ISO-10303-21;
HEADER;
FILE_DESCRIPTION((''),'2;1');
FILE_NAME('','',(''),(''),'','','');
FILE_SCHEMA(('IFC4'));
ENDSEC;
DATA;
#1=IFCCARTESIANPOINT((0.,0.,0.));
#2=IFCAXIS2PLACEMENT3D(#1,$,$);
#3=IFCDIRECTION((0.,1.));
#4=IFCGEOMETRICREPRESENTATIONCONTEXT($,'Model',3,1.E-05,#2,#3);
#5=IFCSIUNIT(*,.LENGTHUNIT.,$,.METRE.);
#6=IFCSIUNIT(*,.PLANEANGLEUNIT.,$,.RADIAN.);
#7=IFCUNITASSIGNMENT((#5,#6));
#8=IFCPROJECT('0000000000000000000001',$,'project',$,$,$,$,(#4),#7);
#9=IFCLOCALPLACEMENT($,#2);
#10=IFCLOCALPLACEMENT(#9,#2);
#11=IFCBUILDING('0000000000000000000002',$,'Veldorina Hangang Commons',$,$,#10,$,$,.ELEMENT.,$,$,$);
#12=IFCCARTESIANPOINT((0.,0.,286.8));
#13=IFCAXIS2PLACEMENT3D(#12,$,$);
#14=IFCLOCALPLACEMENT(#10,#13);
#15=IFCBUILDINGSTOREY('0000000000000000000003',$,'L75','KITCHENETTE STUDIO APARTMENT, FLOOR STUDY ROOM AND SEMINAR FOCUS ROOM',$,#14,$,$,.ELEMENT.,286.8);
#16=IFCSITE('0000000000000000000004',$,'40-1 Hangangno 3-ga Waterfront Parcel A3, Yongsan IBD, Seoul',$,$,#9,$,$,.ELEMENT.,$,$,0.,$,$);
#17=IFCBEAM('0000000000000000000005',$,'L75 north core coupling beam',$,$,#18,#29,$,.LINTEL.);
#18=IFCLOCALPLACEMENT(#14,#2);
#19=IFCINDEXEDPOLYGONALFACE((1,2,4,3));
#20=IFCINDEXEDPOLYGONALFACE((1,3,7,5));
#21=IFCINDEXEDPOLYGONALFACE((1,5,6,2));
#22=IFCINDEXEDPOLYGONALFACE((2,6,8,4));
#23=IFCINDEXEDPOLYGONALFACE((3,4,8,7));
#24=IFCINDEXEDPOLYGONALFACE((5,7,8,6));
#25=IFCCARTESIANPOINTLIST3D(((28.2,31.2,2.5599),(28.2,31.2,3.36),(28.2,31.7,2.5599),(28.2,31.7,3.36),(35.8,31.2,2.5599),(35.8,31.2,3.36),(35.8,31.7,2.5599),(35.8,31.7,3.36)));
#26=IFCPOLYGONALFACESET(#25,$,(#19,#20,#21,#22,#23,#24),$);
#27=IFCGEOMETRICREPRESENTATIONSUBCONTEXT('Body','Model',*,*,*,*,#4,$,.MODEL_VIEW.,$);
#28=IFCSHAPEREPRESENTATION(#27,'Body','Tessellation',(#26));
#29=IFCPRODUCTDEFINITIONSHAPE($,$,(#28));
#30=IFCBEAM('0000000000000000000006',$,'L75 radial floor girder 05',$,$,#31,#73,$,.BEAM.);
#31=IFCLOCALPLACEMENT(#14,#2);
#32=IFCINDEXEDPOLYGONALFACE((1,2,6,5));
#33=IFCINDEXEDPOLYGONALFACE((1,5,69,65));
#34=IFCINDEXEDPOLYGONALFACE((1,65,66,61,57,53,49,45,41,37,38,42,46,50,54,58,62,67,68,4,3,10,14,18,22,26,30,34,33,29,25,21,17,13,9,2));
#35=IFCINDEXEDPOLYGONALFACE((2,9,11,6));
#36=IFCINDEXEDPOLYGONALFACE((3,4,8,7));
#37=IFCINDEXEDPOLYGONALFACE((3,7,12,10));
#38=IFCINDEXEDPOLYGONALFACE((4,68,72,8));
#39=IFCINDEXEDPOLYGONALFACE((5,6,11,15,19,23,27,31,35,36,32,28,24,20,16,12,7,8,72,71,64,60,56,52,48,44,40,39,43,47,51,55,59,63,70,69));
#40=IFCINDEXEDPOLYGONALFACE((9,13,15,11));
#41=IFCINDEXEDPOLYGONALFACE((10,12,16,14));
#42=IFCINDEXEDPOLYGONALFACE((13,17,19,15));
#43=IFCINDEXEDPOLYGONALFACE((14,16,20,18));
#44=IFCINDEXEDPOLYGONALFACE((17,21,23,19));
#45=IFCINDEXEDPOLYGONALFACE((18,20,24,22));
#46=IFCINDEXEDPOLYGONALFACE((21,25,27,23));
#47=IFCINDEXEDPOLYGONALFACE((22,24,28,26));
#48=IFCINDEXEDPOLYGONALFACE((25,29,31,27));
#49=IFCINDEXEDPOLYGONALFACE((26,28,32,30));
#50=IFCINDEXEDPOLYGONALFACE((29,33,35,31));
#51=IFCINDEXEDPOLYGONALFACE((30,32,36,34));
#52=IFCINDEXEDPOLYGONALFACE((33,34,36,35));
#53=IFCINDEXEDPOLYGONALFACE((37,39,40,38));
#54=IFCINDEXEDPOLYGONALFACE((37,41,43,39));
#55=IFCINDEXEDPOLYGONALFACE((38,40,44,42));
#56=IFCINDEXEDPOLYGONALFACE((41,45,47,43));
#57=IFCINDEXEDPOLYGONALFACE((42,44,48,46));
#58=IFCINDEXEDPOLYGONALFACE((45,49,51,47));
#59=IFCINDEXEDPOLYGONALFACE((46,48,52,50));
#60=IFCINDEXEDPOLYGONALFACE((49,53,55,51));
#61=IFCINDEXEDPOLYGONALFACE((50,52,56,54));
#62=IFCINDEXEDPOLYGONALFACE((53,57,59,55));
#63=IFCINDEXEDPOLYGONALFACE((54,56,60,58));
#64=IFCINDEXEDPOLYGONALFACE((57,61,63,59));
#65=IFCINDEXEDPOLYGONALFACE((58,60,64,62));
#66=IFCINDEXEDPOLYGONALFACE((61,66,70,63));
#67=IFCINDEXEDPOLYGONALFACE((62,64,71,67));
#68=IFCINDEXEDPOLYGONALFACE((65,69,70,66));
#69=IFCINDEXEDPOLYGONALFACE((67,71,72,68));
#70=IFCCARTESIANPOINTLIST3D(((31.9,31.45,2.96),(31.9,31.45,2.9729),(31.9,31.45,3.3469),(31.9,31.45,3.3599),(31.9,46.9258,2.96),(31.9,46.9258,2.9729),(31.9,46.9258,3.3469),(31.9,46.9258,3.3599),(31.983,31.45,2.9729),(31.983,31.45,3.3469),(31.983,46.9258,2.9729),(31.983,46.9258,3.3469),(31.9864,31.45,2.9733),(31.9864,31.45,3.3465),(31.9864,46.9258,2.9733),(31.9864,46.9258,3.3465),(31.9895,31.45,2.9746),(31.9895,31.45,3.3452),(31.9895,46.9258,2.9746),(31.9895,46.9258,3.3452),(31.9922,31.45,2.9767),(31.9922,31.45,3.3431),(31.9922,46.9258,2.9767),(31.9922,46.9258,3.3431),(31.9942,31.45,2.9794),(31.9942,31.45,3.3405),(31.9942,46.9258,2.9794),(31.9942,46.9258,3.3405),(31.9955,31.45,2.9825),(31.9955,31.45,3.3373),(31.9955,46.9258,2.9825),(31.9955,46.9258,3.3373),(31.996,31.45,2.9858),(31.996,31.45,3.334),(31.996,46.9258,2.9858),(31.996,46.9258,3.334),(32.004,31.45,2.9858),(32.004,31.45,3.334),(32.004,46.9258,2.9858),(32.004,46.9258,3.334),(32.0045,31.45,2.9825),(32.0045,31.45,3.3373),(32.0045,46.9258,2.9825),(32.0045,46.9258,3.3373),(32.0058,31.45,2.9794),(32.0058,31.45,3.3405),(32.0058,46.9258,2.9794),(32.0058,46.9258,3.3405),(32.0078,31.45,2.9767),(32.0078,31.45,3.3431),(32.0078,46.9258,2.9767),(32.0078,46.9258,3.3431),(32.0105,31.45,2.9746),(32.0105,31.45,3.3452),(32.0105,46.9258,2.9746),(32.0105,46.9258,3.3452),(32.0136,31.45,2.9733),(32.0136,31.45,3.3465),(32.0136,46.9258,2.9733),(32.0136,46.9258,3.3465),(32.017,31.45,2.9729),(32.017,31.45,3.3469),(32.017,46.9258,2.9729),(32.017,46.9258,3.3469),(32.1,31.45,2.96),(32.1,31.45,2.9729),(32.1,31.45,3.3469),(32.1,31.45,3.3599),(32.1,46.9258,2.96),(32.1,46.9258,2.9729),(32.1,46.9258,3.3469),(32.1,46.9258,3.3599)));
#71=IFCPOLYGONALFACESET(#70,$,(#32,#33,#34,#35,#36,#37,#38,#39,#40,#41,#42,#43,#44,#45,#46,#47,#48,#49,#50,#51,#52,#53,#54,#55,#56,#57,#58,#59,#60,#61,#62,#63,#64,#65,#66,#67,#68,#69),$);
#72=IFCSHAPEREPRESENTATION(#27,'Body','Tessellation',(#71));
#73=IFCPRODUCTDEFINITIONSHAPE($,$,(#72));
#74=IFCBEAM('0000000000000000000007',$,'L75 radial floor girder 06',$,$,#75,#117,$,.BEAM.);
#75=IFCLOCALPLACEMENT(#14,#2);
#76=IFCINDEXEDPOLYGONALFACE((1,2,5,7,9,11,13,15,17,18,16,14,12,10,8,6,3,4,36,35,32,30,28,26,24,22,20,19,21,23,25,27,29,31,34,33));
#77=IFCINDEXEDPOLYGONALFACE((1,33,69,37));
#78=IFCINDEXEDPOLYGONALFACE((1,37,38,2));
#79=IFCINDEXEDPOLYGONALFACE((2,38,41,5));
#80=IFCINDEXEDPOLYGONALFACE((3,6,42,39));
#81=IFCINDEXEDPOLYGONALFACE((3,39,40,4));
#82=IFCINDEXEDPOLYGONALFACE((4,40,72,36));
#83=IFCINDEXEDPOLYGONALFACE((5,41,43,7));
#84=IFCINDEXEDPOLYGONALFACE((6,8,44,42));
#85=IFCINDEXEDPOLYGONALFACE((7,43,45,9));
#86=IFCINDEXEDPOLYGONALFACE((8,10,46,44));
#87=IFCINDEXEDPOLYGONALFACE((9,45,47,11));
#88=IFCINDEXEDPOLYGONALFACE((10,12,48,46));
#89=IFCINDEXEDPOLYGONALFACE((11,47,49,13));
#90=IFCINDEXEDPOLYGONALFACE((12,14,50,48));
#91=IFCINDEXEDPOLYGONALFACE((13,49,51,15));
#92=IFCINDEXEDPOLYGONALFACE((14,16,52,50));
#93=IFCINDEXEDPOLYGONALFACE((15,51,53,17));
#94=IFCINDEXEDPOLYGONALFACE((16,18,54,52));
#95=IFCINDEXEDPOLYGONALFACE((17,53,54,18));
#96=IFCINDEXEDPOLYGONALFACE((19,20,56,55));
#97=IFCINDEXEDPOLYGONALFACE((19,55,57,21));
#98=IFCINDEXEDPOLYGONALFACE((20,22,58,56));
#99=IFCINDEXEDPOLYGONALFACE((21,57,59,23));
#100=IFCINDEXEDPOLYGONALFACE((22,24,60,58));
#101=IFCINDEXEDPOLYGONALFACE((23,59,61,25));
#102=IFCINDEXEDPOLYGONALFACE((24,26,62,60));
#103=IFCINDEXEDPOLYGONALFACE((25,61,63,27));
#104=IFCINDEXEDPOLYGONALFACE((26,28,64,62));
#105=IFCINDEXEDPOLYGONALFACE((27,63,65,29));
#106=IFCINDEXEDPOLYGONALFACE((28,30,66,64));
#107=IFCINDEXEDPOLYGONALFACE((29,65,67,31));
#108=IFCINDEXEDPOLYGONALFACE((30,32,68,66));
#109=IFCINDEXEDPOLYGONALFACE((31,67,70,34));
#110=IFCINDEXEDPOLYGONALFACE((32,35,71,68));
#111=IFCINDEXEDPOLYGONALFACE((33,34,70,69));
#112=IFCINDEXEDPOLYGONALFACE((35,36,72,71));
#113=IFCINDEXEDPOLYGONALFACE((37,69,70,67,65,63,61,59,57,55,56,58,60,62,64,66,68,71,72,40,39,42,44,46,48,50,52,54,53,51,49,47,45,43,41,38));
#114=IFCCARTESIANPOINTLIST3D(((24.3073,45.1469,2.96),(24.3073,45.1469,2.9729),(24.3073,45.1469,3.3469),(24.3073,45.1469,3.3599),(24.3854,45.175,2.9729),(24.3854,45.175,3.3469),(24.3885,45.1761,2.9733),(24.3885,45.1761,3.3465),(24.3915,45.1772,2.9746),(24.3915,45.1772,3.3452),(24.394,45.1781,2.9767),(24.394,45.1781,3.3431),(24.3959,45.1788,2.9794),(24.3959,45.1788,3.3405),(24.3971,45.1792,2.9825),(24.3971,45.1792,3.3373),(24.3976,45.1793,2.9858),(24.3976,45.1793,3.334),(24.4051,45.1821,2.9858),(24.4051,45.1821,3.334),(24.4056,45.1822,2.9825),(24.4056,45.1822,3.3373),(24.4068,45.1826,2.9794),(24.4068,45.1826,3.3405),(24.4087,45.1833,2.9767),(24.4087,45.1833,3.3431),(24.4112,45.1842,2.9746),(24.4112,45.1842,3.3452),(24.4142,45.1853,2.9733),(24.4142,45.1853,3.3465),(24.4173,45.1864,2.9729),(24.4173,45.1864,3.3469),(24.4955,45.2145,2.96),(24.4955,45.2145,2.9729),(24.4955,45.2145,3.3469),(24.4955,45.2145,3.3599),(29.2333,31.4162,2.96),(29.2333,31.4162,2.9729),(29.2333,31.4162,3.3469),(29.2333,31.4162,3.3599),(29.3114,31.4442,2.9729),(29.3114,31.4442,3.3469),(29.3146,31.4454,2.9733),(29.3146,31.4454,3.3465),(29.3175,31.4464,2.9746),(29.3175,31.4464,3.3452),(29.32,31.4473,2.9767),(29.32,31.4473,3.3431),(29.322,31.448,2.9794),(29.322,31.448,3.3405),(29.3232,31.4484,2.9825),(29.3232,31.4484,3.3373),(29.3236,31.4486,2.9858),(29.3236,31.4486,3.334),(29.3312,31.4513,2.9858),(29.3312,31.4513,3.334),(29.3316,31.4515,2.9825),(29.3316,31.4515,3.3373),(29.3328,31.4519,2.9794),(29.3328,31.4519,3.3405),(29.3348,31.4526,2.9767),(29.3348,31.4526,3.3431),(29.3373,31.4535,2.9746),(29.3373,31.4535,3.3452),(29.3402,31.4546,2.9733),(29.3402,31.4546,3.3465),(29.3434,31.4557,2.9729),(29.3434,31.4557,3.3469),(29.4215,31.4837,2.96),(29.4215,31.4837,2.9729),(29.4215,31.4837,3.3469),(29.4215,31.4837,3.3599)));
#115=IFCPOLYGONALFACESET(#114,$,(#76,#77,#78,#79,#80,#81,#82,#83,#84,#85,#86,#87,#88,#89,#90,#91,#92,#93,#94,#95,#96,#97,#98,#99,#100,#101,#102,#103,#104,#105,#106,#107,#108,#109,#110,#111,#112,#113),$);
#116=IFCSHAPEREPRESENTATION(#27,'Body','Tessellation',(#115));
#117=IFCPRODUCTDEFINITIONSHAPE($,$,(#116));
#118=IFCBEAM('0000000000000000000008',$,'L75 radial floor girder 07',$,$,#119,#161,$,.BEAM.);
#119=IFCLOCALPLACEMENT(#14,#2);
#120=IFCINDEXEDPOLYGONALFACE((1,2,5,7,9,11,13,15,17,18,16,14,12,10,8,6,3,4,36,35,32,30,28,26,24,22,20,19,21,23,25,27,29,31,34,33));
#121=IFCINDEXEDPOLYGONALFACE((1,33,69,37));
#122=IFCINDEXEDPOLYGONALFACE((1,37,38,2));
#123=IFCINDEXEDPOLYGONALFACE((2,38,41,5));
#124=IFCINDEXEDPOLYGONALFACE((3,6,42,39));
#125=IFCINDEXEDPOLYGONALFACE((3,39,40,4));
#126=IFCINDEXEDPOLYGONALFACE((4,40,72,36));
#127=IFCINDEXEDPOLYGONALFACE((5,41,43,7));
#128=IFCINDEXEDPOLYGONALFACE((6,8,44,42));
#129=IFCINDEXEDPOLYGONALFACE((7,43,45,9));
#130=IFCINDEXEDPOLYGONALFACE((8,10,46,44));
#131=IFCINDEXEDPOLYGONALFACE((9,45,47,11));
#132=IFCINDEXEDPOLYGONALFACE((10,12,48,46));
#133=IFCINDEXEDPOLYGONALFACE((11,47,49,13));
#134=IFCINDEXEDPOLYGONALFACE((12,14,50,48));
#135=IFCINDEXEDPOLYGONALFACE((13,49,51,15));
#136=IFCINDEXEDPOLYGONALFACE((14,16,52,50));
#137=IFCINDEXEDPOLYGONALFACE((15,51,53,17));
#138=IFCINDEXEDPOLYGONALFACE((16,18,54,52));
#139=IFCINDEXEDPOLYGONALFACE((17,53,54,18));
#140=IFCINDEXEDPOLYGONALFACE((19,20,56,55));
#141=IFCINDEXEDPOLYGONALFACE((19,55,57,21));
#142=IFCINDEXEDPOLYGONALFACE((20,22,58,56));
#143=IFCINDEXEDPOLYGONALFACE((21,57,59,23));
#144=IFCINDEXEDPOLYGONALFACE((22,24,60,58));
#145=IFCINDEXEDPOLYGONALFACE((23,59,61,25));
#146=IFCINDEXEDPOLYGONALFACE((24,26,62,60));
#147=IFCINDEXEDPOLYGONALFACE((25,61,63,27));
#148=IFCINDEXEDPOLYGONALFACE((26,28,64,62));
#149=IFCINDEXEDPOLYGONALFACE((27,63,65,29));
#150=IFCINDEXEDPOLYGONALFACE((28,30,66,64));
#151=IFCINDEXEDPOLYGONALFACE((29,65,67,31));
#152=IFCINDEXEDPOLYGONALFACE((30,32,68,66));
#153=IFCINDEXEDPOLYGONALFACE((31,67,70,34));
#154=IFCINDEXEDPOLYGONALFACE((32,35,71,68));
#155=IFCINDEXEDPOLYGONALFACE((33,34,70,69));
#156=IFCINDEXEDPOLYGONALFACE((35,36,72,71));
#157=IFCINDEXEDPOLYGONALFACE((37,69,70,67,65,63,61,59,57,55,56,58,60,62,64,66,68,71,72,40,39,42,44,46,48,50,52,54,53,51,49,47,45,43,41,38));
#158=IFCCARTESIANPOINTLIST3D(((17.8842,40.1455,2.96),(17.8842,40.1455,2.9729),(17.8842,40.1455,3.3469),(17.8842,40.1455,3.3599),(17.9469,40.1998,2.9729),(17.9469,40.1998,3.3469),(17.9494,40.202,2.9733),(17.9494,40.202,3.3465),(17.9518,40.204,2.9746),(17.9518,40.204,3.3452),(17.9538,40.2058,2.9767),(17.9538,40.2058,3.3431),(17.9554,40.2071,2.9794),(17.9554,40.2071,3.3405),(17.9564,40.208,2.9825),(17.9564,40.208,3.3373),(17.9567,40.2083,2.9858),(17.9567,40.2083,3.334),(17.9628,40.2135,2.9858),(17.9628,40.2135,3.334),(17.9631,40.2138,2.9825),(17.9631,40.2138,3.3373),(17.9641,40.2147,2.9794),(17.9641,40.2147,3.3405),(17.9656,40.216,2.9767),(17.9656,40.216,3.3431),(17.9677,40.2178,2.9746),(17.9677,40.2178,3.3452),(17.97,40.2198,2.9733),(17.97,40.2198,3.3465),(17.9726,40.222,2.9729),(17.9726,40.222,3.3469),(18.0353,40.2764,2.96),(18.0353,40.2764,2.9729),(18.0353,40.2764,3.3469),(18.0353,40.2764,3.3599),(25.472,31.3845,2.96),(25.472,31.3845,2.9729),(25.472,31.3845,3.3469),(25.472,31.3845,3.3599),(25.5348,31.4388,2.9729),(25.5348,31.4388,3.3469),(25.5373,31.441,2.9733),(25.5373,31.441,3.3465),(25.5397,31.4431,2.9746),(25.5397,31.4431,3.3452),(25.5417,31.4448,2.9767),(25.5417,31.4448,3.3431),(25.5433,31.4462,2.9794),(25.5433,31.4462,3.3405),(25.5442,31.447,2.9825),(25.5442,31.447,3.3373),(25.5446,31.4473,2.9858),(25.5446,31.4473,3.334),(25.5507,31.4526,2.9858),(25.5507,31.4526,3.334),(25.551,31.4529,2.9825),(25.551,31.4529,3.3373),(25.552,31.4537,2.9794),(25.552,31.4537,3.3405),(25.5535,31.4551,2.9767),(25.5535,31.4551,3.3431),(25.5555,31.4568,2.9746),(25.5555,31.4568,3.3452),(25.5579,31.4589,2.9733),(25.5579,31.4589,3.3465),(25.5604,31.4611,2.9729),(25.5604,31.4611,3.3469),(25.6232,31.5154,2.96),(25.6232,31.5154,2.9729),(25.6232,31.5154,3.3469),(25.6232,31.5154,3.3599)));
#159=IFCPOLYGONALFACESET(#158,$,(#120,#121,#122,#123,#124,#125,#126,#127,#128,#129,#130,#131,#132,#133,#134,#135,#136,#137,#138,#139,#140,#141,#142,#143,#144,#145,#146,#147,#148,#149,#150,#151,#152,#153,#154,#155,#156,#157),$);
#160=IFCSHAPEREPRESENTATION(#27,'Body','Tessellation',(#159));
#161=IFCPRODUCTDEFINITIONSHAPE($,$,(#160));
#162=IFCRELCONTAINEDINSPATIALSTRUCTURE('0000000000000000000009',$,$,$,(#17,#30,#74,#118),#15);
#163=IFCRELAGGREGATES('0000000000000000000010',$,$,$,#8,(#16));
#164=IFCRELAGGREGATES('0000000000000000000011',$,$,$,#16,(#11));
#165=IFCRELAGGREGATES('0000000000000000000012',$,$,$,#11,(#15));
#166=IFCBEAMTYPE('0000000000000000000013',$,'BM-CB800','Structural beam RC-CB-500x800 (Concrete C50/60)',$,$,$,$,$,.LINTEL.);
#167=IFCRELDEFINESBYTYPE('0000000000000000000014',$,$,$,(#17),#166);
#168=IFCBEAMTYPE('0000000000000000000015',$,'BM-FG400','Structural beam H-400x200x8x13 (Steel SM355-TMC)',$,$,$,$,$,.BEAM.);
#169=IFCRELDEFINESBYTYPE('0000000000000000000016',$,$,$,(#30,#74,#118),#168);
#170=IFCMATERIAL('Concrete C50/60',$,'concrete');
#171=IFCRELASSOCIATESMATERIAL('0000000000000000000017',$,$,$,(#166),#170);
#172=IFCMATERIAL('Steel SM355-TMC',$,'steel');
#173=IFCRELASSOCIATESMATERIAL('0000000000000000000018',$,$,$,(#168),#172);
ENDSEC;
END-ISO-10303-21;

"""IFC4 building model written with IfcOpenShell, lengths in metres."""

from ifc_helpers import new_model, si_unit, direction, frame, origin, origin_2d, place, context, subcontext, project, spatial, rectangle, i_section, extrude, material, material_profile, profile_set, type_object, element, save


model = new_model("IFC4")

# Units and contexts
model_context = context("Model", 3, precision=1e-05, world=origin(), true_north=direction((0.0, 1.0)))
body_context = subcontext(model_context, "Body", "Model", "MODEL_VIEW")
ifc_project = project(units=[si_unit("LENGTHUNIT", "METRE"), si_unit("PLANEANGLEUNIT", "RADIAN")], contexts=[model_context])

# Site, building, storey
site_placement = place(None, origin())
site = spatial("IfcSite", under=ifc_project, at=site_placement, Name="40-1 Hangangno 3-ga Waterfront Parcel A3, Yongsan IBD, Seoul", CompositionType="ELEMENT", RefElevation=0.0)
building_placement = place(site_placement, origin())
building = spatial("IfcBuilding", under=site, at=building_placement, Name="Veldorina Hangang Commons", CompositionType="ELEMENT")
storey_placement = place(building_placement, frame((0.0, 0.0, 286.8)))
storey = spatial("IfcBuildingStorey", under=building, at=storey_placement, Name="L75", Description="KITCHENETTE STUDIO APARTMENT, FLOOR STUDY ROOM AND SEMINAR FOCUS ROOM", CompositionType="ELEMENT", Elevation=286.8)

# Beams
ifc_material_1 = material(Name="Concrete C50/60", Category="concrete")
ifc_material_profile_1 = material_profile(ifc_material_1, rectangle(XDim=0.5, YDim=0.8, at=origin_2d()), Name="RC-CB-500x800")
ifc_profile_set_1 = profile_set([ifc_material_profile_1], Name="Concrete C50/60")
beam_type_1 = type_object("IfcBeamType", Name="BM-CB800", Description="Structural beam RC-CB-500x800 (Concrete C50/60)", PredefinedType="LINTEL", material=ifc_profile_set_1)
beam_1_placement = place(storey_placement, frame((28.2, 31.45, 2.96), z_axis=(1.0, 0.0, 0.0), x_axis=(0.0, 1.0, 0.0)))
element("IfcBeam", 1, at=beam_1_placement, inside=storey, type_object=beam_type_1, Name="L75 north core coupling beam", PredefinedType="LINTEL", context=body_context, shape_type="SweptSolid", body=[
    extrude(rectangle(XDim=0.5, YDim=0.8, at=origin_2d()), origin(), (0.0, 0.0, 1.0), 7.6001),
])
ifc_material_2 = material(Name="Steel SM355-TMC", Category="steel")
ifc_material_profile_2 = material_profile(ifc_material_2, i_section(OverallWidth=0.2, OverallDepth=0.3999, WebThickness=0.0081, FlangeThickness=0.0129, FilletRadius=0.0129, at=origin_2d()), Name="H-400x200x8x13")
ifc_profile_set_2 = profile_set([ifc_material_profile_2], Name="Steel SM355-TMC")
beam_type_2 = type_object("IfcBeamType", Name="BM-FG400", Description="Structural beam H-400x200x8x13 (Steel SM355-TMC)", PredefinedType="BEAM", material=ifc_profile_set_2)
beam_2_placement = place(storey_placement, frame((32.0, 31.45, 3.1599), z_axis=(0.0, 1.0, 0.0), x_axis=(-1.0, 0.0, 0.0)))
element("IfcBeam", 2, at=beam_2_placement, inside=storey, type_object=beam_type_2, Name="L75 radial floor girder 05", PredefinedType="BEAM", context=body_context, shape_type="SweptSolid", body=[
    extrude(i_section(OverallWidth=0.2, OverallDepth=0.3999, WebThickness=0.0081, FlangeThickness=0.0129, FilletRadius=0.0129, at=origin_2d()), origin(), (0.0, 0.0, 1.0), 15.4758),
])
beam_3_placement = place(storey_placement, frame((29.3274, 31.45, 3.1599), z_axis=(-0.337686, 0.941259, 0.0), x_axis=(-0.941259, -0.337686, 0.0)))
element("IfcBeam", 3, at=beam_3_placement, inside=storey, type_object=beam_type_2, Name="L75 radial floor girder 06", PredefinedType="BEAM", context=body_context, shape_type="SweptSolid", body=[
    extrude(i_section(OverallWidth=0.2, OverallDepth=0.3999, WebThickness=0.0081, FlangeThickness=0.0129, FilletRadius=0.0129, at=origin_2d()), origin(), (0.0, 0.0, 1.0), 14.5876),
])
beam_4_placement = place(storey_placement, frame((25.5476, 31.45, 3.1599), z_axis=(-0.654686, 0.755901, 0.0), x_axis=(-0.755901, -0.654686, 0.0)))
element("IfcBeam", 4, at=beam_4_placement, inside=storey, type_object=beam_type_2, Name="L75 radial floor girder 07", PredefinedType="BEAM", context=body_context, shape_type="SweptSolid", body=[
    extrude(i_section(OverallWidth=0.2, OverallDepth=0.3999, WebThickness=0.0081, FlangeThickness=0.0129, FilletRadius=0.0129, at=origin_2d()), origin(), (0.0, 0.0, 1.0), 11.5901),
])

save(model, "model.ifc")
